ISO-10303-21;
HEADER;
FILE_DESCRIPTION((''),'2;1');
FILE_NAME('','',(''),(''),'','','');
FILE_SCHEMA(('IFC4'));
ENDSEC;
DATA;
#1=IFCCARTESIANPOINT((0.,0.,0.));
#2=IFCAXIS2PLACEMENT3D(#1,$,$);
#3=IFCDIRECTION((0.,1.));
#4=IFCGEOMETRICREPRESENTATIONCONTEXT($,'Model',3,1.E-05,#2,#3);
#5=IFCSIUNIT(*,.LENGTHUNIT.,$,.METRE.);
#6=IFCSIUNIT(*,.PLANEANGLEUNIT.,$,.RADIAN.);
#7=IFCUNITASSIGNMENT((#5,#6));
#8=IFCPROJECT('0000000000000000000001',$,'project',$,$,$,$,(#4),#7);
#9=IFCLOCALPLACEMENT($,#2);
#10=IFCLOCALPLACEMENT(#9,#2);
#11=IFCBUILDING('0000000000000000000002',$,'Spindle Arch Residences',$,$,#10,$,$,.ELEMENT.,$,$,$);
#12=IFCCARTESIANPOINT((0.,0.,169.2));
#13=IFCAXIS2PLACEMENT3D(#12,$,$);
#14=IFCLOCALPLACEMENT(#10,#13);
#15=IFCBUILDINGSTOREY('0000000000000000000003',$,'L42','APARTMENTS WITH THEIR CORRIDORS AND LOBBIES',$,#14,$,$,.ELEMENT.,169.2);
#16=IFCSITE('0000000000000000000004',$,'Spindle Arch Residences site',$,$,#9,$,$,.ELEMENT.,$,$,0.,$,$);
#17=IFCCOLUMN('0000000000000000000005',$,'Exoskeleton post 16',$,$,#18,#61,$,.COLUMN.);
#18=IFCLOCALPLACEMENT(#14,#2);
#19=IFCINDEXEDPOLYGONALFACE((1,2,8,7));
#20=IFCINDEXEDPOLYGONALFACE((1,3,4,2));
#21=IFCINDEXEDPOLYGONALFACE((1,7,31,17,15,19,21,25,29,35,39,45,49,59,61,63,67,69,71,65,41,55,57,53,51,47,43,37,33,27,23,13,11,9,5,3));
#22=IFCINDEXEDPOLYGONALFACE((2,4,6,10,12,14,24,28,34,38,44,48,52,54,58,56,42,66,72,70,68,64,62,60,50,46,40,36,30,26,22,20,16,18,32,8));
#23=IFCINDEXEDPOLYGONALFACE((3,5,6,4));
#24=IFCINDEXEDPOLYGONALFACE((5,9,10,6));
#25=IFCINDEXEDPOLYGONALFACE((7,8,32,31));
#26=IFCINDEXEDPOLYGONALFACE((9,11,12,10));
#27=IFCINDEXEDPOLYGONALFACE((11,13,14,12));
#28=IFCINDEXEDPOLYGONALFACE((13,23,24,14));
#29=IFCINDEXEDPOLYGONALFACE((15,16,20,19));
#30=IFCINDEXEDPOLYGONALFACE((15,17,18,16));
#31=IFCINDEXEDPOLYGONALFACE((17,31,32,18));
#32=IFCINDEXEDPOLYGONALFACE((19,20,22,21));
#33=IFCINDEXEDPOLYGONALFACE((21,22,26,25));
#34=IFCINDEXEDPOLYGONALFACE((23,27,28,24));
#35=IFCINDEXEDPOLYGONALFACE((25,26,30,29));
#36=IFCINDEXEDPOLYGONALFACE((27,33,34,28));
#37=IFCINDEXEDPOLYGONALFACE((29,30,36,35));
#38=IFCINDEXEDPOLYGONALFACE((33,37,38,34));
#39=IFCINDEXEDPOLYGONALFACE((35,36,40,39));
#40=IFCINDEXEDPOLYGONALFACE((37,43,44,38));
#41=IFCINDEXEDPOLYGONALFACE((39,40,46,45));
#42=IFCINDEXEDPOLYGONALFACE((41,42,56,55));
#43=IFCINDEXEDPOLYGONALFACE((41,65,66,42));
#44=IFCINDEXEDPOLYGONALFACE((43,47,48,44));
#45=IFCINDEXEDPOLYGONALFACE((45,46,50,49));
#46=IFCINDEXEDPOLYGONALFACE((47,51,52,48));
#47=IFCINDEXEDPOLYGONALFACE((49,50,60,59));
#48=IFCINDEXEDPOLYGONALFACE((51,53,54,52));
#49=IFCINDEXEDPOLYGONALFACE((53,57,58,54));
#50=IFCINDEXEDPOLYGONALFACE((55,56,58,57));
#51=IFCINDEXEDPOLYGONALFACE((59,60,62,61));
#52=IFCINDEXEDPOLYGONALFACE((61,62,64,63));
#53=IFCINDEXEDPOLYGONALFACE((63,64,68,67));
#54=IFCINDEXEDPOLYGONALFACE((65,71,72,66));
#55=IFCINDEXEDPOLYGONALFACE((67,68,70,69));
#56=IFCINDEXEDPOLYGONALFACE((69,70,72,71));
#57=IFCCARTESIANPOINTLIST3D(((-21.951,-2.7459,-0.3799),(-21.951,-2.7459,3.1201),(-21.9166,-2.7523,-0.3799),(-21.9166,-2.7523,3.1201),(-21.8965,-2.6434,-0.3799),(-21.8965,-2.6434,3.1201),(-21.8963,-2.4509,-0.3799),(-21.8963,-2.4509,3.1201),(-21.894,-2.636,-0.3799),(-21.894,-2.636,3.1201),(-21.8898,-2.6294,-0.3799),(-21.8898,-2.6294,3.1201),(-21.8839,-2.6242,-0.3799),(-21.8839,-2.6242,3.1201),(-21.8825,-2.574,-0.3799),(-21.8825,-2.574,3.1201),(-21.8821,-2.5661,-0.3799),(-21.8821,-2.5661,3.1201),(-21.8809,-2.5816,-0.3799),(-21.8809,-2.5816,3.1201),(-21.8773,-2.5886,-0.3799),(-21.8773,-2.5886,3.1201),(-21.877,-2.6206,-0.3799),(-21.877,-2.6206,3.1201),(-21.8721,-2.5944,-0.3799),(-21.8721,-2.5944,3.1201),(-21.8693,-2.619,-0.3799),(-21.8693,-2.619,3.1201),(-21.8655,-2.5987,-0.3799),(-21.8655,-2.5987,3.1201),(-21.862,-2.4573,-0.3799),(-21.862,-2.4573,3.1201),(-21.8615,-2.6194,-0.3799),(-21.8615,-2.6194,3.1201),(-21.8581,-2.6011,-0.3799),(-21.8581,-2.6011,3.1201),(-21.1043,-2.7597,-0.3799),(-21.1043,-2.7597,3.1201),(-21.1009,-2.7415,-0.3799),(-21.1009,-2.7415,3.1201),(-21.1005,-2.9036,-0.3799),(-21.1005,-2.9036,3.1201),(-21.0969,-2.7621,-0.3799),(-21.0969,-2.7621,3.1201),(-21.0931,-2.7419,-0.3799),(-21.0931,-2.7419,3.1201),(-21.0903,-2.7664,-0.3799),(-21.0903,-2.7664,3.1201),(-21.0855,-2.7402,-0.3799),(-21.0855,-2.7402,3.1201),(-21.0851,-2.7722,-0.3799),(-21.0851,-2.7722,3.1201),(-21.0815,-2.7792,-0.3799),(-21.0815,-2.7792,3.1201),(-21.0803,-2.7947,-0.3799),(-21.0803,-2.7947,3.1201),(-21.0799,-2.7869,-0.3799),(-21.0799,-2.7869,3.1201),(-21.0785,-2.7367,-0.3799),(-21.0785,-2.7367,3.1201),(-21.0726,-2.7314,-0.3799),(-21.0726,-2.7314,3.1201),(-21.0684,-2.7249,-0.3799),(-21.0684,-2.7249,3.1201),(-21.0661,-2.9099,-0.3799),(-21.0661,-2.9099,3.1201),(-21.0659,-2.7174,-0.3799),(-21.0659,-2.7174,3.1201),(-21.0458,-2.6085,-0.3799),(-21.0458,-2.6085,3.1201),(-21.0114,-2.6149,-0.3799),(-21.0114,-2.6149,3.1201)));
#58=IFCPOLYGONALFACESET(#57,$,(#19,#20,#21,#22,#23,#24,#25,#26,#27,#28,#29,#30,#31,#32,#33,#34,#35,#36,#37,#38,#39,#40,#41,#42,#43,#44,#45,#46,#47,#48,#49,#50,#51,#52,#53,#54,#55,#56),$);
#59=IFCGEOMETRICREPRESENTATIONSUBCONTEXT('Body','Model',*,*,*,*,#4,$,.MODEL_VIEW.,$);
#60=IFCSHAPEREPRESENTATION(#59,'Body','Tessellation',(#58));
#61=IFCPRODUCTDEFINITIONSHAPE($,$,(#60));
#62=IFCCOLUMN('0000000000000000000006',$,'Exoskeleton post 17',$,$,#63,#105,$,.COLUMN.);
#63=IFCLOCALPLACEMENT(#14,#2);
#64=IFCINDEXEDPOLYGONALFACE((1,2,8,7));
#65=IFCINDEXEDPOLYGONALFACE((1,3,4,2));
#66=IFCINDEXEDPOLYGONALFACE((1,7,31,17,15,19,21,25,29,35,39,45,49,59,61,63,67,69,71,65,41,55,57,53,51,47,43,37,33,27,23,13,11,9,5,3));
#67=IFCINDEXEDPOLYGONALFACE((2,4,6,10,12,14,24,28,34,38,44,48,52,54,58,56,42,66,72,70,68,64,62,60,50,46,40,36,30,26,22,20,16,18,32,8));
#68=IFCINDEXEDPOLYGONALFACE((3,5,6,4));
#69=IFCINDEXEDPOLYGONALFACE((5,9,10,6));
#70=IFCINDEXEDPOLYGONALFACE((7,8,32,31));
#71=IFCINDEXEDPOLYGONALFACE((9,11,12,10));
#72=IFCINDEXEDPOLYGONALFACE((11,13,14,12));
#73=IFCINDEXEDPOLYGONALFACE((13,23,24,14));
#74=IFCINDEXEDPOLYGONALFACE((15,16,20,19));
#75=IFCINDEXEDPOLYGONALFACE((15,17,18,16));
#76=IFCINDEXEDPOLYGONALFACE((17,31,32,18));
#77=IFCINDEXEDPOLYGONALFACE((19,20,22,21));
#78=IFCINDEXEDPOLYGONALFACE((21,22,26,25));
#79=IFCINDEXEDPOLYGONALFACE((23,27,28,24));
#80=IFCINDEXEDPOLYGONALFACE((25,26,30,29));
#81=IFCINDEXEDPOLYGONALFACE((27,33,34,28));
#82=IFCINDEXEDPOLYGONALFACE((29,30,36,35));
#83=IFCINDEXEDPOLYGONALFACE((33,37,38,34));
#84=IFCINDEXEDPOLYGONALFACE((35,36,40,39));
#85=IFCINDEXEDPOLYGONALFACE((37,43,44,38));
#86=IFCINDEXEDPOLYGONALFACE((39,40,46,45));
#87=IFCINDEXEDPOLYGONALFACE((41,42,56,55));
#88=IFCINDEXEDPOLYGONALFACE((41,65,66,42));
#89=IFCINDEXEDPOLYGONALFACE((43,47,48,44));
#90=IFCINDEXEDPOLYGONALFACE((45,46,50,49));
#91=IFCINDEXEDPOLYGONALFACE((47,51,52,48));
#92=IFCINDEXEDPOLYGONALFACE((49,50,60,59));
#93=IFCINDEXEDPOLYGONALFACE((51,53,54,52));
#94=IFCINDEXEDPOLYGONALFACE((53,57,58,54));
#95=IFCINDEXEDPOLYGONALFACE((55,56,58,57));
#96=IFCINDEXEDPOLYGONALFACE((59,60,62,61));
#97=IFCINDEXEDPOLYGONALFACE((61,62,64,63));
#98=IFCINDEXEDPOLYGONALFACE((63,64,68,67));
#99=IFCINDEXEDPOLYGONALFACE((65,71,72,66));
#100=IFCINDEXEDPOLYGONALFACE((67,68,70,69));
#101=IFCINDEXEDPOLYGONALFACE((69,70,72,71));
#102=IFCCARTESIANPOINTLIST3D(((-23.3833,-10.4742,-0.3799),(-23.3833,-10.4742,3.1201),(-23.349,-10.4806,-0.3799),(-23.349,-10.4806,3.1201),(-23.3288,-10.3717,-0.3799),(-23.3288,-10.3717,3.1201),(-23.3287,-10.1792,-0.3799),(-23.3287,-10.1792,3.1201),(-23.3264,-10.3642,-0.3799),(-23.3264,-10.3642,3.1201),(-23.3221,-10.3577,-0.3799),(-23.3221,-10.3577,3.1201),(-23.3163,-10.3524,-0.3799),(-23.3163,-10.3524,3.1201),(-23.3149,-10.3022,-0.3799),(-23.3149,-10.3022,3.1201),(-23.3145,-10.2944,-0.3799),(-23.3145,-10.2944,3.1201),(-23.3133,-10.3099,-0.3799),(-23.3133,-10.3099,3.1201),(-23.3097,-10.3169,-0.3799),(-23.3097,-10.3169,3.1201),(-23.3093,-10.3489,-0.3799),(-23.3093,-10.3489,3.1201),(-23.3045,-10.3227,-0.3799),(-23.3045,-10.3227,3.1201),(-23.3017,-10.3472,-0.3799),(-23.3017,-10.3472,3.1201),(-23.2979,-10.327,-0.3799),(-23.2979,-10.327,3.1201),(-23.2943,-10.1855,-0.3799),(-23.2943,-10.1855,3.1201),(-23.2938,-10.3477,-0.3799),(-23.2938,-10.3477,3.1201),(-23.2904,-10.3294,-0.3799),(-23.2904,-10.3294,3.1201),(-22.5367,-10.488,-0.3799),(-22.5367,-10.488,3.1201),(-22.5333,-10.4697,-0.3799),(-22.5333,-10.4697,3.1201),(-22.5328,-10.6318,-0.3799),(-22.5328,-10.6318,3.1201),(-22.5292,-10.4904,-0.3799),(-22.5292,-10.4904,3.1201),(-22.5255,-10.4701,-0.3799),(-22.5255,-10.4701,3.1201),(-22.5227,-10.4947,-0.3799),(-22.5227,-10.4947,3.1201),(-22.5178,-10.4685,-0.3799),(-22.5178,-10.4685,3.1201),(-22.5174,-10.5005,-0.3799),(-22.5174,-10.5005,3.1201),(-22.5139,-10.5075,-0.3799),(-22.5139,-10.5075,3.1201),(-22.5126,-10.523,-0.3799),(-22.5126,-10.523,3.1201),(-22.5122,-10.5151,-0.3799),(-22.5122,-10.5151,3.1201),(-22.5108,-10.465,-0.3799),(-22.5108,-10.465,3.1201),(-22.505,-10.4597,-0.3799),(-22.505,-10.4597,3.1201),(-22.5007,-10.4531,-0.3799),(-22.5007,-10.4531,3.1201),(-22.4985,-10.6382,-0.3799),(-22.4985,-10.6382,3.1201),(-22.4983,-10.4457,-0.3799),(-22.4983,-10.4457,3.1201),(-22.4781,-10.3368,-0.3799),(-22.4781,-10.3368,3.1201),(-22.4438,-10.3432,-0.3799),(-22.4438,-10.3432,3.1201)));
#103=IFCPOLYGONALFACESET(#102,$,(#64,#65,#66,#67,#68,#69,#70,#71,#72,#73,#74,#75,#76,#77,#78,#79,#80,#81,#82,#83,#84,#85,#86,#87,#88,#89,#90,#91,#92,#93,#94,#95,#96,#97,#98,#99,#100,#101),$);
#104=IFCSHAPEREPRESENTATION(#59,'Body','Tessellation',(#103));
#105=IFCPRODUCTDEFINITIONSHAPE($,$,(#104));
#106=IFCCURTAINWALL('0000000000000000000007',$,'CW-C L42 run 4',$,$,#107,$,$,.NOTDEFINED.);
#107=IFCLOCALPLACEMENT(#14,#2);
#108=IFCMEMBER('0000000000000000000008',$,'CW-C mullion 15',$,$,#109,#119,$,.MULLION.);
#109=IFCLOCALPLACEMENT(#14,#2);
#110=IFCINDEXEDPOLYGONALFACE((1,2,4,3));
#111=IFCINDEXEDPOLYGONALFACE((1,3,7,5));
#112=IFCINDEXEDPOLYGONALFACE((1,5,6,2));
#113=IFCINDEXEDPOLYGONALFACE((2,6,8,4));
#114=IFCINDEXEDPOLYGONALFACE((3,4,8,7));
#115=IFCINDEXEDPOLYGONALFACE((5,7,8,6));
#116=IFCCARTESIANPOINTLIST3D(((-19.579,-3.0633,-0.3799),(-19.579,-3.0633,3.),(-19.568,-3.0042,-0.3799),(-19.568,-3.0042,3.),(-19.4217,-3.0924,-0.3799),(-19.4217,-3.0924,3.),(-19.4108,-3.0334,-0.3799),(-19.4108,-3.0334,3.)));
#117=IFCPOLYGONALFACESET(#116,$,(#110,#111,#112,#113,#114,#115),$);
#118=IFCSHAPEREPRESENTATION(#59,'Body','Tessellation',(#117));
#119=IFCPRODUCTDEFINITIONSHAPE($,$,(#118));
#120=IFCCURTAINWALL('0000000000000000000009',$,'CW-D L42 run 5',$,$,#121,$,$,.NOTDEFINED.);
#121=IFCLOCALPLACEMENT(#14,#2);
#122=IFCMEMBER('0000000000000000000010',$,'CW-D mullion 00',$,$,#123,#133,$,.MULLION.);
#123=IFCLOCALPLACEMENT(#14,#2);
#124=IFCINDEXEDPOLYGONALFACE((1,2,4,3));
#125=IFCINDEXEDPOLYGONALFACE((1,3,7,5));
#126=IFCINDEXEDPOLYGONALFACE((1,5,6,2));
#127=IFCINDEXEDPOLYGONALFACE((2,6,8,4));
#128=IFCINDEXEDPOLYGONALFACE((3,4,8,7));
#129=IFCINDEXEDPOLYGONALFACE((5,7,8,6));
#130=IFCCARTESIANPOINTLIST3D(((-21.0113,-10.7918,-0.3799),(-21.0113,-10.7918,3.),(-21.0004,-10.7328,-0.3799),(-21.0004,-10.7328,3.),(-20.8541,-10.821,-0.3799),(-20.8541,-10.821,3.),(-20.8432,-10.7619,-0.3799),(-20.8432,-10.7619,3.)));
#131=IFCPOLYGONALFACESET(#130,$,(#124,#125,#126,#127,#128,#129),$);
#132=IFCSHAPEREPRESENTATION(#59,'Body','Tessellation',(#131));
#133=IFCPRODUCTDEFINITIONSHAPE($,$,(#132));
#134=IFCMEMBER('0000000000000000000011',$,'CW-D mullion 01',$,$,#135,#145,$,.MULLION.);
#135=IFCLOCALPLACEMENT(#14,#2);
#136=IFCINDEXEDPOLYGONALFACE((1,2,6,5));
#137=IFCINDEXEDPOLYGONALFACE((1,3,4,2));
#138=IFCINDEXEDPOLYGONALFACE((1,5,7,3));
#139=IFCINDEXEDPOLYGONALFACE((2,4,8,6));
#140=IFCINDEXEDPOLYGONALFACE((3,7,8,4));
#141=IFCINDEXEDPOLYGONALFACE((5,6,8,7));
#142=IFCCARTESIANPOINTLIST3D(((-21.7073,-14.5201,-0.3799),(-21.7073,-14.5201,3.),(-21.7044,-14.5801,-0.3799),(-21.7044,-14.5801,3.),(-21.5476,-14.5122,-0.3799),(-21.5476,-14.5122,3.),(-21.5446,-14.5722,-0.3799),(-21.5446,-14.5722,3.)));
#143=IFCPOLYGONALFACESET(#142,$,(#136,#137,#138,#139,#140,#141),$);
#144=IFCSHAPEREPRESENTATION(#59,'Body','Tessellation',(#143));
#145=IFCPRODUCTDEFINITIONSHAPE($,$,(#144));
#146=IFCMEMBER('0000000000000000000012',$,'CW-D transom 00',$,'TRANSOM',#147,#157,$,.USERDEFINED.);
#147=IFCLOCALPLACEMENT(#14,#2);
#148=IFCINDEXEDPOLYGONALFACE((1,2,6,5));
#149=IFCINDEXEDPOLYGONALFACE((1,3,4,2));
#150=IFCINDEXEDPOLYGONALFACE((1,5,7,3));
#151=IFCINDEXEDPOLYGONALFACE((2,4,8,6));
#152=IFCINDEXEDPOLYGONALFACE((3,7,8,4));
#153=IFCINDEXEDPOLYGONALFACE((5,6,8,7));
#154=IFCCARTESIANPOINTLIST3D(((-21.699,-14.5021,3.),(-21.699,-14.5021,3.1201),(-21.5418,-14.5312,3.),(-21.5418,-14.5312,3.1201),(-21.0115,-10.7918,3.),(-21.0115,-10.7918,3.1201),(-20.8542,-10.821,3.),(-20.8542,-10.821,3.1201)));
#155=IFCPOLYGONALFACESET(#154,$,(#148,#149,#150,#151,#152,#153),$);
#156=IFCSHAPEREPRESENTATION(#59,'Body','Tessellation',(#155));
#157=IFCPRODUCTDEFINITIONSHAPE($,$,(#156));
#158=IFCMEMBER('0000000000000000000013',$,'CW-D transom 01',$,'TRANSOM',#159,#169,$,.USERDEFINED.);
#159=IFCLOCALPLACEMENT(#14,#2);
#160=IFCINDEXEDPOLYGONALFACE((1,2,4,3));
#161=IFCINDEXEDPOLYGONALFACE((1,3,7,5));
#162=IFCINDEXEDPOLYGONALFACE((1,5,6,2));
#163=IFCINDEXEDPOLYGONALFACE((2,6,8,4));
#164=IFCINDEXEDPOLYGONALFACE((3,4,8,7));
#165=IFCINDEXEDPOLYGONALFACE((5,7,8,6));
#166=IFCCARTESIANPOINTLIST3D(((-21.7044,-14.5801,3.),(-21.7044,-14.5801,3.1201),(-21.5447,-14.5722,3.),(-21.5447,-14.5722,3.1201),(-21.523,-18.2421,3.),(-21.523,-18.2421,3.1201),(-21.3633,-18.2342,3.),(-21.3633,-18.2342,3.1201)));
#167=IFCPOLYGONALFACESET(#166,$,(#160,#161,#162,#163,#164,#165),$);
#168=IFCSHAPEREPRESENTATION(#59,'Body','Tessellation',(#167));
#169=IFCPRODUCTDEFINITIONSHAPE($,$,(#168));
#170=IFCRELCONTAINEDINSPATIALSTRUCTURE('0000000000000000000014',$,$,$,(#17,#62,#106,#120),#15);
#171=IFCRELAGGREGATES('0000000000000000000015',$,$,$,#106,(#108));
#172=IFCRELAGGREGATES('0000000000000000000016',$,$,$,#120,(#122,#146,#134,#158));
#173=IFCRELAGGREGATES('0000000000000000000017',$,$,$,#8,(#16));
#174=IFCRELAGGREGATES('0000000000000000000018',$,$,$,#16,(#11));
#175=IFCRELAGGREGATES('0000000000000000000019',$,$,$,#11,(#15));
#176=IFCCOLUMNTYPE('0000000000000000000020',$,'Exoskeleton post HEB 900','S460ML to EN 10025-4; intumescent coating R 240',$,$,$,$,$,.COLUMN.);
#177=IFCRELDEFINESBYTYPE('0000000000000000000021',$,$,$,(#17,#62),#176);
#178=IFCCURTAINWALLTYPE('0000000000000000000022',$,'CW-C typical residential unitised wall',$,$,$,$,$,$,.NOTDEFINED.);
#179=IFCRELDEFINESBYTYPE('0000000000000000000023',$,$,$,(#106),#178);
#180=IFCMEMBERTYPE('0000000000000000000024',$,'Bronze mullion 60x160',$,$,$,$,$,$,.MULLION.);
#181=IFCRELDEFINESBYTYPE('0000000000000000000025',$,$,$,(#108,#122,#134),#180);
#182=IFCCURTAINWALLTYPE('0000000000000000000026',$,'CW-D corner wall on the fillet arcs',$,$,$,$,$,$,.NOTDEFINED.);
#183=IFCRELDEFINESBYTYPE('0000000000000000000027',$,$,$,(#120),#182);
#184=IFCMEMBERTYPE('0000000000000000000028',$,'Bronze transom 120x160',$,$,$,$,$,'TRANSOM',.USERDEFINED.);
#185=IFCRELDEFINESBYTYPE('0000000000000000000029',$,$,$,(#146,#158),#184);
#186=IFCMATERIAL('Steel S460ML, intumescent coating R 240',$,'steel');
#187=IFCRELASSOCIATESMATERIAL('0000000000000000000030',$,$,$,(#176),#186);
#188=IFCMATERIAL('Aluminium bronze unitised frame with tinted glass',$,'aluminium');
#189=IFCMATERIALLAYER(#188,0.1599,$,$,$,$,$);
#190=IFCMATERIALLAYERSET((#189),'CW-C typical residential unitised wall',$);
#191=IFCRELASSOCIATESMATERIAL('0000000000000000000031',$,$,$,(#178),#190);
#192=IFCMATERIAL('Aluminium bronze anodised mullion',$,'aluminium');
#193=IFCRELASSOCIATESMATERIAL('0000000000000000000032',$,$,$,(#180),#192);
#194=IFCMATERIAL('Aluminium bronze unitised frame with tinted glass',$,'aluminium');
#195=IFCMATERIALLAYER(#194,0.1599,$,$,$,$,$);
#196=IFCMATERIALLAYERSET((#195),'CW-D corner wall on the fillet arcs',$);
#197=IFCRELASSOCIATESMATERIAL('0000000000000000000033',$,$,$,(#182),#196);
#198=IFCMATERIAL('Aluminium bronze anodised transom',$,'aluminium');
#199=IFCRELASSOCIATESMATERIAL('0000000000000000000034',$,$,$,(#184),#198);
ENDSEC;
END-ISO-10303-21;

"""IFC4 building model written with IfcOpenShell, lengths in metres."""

from ifc_helpers import new_model, si_unit, direction, frame, origin, origin_2d, place, context, subcontext, project, spatial, rectangle, i_section, extrude, material, layer, layer_set, material_profile, profile_set, type_object, element, aggregate, save


model = new_model("IFC4")

# Units and contexts
model_context = context("Model", 3, precision=1e-05, world=origin(), true_north=direction((0.0, 1.0)))
body_context = subcontext(model_context, "Body", "Model", "MODEL_VIEW")
ifc_project = project(units=[si_unit("LENGTHUNIT", "METRE"), si_unit("PLANEANGLEUNIT", "RADIAN")], contexts=[model_context])

# Site, building, storey
site_placement = place(None, origin())
site = spatial("IfcSite", under=ifc_project, at=site_placement, Name="Spindle Arch Residences site", CompositionType="ELEMENT", RefElevation=0.0)
building_placement = place(site_placement, origin())
building = spatial("IfcBuilding", under=site, at=building_placement, Name="Spindle Arch Residences", CompositionType="ELEMENT")
storey_placement = place(building_placement, frame((0.0, 0.0, 169.2)))
storey = spatial("IfcBuildingStorey", under=building, at=storey_placement, Name="L42", Description="APARTMENTS WITH THEIR CORRIDORS AND LOBBIES", CompositionType="ELEMENT", Elevation=169.2)

# Columns
ifc_material_1 = material(Name="Steel S460ML, intumescent coating R 240", Category="steel")
ifc_material_profile_1 = material_profile(ifc_material_1, i_section(OverallWidth=0.3, OverallDepth=0.8999, WebThickness=0.0186, FlangeThickness=0.0349, FilletRadius=0.03, at=origin_2d()), Name="HEB 900")
ifc_profile_set_1 = profile_set([ifc_material_profile_1], Name="Steel S460ML, intumescent coating R 240")
column_type = type_object("IfcColumnType", Name="Exoskeleton post HEB 900", Description="S460ML to EN 10025-4; intumescent coating R 240", PredefinedType="COLUMN", material=ifc_profile_set_1)
for number, where, z_axis, x_axis, name in (
    (1, (-21.4812, -2.6804, -0.3799), (0.0, 0.0, 1.0), (0.182236, 0.983255, 0.0), "Exoskeleton post 16"),
    (2, (-22.9136, -10.4087, -0.3799), (0.0, 0.0, 1.0), (0.182236, 0.983255, 0.0), "Exoskeleton post 17"),
):
    element("IfcColumn", number, at=place(storey_placement, frame(where, z_axis=z_axis, x_axis=x_axis)), inside=storey, type_object=column_type, Name=name, PredefinedType="COLUMN", context=body_context, shape_type="SweptSolid", body=[
        extrude(i_section(OverallWidth=0.3, OverallDepth=0.8999, WebThickness=0.0186, FlangeThickness=0.0349, FilletRadius=0.03, at=origin_2d()), origin(), (0.0, 0.0, 1.0), 3.5),
    ])

# Curtain wall, member
ifc_material_2 = material(Name="Aluminium bronze unitised frame with tinted glass", Category="aluminium")
ifc_layer_1 = layer(ifc_material_2, 0.1599)
ifc_layer_set_1 = layer_set([ifc_layer_1], Name="CW-C typical residential unitised wall")
curtain_wall_type_1 = type_object("IfcCurtainWallType", Name="CW-C typical residential unitised wall", PredefinedType="NOTDEFINED", material=ifc_layer_set_1)
curtain_wall_1_placement = place(storey_placement, origin())
curtain_wall_1 = element("IfcCurtainWall", 3, at=curtain_wall_1_placement, inside=storey, type_object=curtain_wall_type_1, Name="CW-C L42 run 4", PredefinedType="NOTDEFINED")
ifc_material_3 = material(Name="Aluminium bronze anodised mullion", Category="aluminium")
ifc_material_profile_2 = material_profile(ifc_material_3, rectangle(XDim=0.1599, YDim=0.0601, at=origin_2d()), Name="MU 60x160")
ifc_profile_set_2 = profile_set([ifc_material_profile_2], Name="Aluminium bronze anodised mullion")
member_type_1 = type_object("IfcMemberType", Name="Bronze mullion 60x160", PredefinedType="MULLION", material=ifc_profile_set_2)
member_1_placement = place(storey_placement, frame((-19.4949, -3.0483, -0.3799), z_axis=(0.0, 0.0, 1.0), x_axis=(0.983255, -0.182236, 0.0)))
member_1 = element("IfcMember", 4, at=member_1_placement, type_object=member_type_1, Name="CW-C mullion 15", PredefinedType="MULLION", context=body_context, shape_type="SweptSolid", body=[
    extrude(rectangle(XDim=0.1599, YDim=0.0601, at=origin_2d()), origin(), (0.0, 0.0, 1.0), 3.3799),
])

# Curtain wall, members
ifc_material_4 = material(Name="Aluminium bronze unitised frame with tinted glass", Category="aluminium")
ifc_layer_2 = layer(ifc_material_4, 0.1599)
ifc_layer_set_2 = layer_set([ifc_layer_2], Name="CW-D corner wall on the fillet arcs")
curtain_wall_type_2 = type_object("IfcCurtainWallType", Name="CW-D corner wall on the fillet arcs", PredefinedType="NOTDEFINED", material=ifc_layer_set_2)
curtain_wall_2_placement = place(storey_placement, origin())
curtain_wall_2 = element("IfcCurtainWall", 5, at=curtain_wall_2_placement, inside=storey, type_object=curtain_wall_type_2, Name="CW-D L42 run 5", PredefinedType="NOTDEFINED")
member_2_placement = place(storey_placement, frame((-20.9272, -10.7769, -0.3799), z_axis=(0.0, 0.0, 1.0), x_axis=(0.983255, -0.182236, 0.0)))
member_2 = element("IfcMember", 6, at=member_2_placement, type_object=member_type_1, Name="CW-D mullion 00", PredefinedType="MULLION", context=body_context, shape_type="SweptSolid", body=[
    extrude(rectangle(XDim=0.1599, YDim=0.0601, at=origin_2d()), origin(), (0.0, 0.0, 1.0), 3.3799),
])
member_3_placement = place(storey_placement, frame((-21.626, -14.5461, -0.3799), z_axis=(0.0, 0.0, 1.0), x_axis=(0.998778, 0.049431, 0.0)))
member_3 = element("IfcMember", 7, at=member_3_placement, type_object=member_type_1, Name="CW-D mullion 01", PredefinedType="MULLION", context=body_context, shape_type="SweptSolid", body=[
    extrude(rectangle(XDim=0.1599, YDim=0.0601, at=origin_2d()), origin(), (0.0, 0.0, 1.0), 3.3799),
])
ifc_material_5 = material(Name="Aluminium bronze anodised transom", Category="aluminium")
ifc_material_profile_3 = material_profile(ifc_material_5, rectangle(XDim=0.1599, YDim=0.1201, at=origin_2d()), Name="TR 120x160")
ifc_profile_set_3 = profile_set([ifc_material_profile_3], Name="Aluminium bronze anodised transom")
member_type_2 = type_object("IfcMemberType", Name="Bronze transom 120x160", ElementType="TRANSOM", PredefinedType="USERDEFINED", material=ifc_profile_set_3)
member_4_placement = place(storey_placement, frame((-20.9329, -10.8064, 3.0601), z_axis=(-0.182198, -0.983262, 0.0), x_axis=(0.983262, -0.182198, 0.0)))
member_4 = element("IfcMember", 8, at=member_4_placement, type_object=member_type_2, Name="CW-D transom 00", ObjectType="TRANSOM", PredefinedType="USERDEFINED", context=body_context, shape_type="SweptSolid", body=[
    extrude(rectangle(XDim=0.1599, YDim=0.1201, at=origin_2d()), origin(), (0.0, 0.0, 1.0), 3.7734),
])
member_5_placement = place(storey_placement, frame((-21.6245, -14.5762, 3.0601), z_axis=(0.049473, -0.998775, 0.0), x_axis=(0.998775, 0.049473, 0.0)))
member_5 = element("IfcMember", 9, at=member_5_placement, type_object=member_type_2, Name="CW-D transom 01", ObjectType="TRANSOM", PredefinedType="USERDEFINED", context=body_context, shape_type="SweptSolid", body=[
    extrude(rectangle(XDim=0.1599, YDim=0.1201, at=origin_2d()), origin(), (0.0, 0.0, 1.0), 3.6665),
])

aggregate(curtain_wall_1, [member_1])
aggregate(curtain_wall_2, [member_2, member_4, member_3, member_5])

save(model, "model.ifc")
